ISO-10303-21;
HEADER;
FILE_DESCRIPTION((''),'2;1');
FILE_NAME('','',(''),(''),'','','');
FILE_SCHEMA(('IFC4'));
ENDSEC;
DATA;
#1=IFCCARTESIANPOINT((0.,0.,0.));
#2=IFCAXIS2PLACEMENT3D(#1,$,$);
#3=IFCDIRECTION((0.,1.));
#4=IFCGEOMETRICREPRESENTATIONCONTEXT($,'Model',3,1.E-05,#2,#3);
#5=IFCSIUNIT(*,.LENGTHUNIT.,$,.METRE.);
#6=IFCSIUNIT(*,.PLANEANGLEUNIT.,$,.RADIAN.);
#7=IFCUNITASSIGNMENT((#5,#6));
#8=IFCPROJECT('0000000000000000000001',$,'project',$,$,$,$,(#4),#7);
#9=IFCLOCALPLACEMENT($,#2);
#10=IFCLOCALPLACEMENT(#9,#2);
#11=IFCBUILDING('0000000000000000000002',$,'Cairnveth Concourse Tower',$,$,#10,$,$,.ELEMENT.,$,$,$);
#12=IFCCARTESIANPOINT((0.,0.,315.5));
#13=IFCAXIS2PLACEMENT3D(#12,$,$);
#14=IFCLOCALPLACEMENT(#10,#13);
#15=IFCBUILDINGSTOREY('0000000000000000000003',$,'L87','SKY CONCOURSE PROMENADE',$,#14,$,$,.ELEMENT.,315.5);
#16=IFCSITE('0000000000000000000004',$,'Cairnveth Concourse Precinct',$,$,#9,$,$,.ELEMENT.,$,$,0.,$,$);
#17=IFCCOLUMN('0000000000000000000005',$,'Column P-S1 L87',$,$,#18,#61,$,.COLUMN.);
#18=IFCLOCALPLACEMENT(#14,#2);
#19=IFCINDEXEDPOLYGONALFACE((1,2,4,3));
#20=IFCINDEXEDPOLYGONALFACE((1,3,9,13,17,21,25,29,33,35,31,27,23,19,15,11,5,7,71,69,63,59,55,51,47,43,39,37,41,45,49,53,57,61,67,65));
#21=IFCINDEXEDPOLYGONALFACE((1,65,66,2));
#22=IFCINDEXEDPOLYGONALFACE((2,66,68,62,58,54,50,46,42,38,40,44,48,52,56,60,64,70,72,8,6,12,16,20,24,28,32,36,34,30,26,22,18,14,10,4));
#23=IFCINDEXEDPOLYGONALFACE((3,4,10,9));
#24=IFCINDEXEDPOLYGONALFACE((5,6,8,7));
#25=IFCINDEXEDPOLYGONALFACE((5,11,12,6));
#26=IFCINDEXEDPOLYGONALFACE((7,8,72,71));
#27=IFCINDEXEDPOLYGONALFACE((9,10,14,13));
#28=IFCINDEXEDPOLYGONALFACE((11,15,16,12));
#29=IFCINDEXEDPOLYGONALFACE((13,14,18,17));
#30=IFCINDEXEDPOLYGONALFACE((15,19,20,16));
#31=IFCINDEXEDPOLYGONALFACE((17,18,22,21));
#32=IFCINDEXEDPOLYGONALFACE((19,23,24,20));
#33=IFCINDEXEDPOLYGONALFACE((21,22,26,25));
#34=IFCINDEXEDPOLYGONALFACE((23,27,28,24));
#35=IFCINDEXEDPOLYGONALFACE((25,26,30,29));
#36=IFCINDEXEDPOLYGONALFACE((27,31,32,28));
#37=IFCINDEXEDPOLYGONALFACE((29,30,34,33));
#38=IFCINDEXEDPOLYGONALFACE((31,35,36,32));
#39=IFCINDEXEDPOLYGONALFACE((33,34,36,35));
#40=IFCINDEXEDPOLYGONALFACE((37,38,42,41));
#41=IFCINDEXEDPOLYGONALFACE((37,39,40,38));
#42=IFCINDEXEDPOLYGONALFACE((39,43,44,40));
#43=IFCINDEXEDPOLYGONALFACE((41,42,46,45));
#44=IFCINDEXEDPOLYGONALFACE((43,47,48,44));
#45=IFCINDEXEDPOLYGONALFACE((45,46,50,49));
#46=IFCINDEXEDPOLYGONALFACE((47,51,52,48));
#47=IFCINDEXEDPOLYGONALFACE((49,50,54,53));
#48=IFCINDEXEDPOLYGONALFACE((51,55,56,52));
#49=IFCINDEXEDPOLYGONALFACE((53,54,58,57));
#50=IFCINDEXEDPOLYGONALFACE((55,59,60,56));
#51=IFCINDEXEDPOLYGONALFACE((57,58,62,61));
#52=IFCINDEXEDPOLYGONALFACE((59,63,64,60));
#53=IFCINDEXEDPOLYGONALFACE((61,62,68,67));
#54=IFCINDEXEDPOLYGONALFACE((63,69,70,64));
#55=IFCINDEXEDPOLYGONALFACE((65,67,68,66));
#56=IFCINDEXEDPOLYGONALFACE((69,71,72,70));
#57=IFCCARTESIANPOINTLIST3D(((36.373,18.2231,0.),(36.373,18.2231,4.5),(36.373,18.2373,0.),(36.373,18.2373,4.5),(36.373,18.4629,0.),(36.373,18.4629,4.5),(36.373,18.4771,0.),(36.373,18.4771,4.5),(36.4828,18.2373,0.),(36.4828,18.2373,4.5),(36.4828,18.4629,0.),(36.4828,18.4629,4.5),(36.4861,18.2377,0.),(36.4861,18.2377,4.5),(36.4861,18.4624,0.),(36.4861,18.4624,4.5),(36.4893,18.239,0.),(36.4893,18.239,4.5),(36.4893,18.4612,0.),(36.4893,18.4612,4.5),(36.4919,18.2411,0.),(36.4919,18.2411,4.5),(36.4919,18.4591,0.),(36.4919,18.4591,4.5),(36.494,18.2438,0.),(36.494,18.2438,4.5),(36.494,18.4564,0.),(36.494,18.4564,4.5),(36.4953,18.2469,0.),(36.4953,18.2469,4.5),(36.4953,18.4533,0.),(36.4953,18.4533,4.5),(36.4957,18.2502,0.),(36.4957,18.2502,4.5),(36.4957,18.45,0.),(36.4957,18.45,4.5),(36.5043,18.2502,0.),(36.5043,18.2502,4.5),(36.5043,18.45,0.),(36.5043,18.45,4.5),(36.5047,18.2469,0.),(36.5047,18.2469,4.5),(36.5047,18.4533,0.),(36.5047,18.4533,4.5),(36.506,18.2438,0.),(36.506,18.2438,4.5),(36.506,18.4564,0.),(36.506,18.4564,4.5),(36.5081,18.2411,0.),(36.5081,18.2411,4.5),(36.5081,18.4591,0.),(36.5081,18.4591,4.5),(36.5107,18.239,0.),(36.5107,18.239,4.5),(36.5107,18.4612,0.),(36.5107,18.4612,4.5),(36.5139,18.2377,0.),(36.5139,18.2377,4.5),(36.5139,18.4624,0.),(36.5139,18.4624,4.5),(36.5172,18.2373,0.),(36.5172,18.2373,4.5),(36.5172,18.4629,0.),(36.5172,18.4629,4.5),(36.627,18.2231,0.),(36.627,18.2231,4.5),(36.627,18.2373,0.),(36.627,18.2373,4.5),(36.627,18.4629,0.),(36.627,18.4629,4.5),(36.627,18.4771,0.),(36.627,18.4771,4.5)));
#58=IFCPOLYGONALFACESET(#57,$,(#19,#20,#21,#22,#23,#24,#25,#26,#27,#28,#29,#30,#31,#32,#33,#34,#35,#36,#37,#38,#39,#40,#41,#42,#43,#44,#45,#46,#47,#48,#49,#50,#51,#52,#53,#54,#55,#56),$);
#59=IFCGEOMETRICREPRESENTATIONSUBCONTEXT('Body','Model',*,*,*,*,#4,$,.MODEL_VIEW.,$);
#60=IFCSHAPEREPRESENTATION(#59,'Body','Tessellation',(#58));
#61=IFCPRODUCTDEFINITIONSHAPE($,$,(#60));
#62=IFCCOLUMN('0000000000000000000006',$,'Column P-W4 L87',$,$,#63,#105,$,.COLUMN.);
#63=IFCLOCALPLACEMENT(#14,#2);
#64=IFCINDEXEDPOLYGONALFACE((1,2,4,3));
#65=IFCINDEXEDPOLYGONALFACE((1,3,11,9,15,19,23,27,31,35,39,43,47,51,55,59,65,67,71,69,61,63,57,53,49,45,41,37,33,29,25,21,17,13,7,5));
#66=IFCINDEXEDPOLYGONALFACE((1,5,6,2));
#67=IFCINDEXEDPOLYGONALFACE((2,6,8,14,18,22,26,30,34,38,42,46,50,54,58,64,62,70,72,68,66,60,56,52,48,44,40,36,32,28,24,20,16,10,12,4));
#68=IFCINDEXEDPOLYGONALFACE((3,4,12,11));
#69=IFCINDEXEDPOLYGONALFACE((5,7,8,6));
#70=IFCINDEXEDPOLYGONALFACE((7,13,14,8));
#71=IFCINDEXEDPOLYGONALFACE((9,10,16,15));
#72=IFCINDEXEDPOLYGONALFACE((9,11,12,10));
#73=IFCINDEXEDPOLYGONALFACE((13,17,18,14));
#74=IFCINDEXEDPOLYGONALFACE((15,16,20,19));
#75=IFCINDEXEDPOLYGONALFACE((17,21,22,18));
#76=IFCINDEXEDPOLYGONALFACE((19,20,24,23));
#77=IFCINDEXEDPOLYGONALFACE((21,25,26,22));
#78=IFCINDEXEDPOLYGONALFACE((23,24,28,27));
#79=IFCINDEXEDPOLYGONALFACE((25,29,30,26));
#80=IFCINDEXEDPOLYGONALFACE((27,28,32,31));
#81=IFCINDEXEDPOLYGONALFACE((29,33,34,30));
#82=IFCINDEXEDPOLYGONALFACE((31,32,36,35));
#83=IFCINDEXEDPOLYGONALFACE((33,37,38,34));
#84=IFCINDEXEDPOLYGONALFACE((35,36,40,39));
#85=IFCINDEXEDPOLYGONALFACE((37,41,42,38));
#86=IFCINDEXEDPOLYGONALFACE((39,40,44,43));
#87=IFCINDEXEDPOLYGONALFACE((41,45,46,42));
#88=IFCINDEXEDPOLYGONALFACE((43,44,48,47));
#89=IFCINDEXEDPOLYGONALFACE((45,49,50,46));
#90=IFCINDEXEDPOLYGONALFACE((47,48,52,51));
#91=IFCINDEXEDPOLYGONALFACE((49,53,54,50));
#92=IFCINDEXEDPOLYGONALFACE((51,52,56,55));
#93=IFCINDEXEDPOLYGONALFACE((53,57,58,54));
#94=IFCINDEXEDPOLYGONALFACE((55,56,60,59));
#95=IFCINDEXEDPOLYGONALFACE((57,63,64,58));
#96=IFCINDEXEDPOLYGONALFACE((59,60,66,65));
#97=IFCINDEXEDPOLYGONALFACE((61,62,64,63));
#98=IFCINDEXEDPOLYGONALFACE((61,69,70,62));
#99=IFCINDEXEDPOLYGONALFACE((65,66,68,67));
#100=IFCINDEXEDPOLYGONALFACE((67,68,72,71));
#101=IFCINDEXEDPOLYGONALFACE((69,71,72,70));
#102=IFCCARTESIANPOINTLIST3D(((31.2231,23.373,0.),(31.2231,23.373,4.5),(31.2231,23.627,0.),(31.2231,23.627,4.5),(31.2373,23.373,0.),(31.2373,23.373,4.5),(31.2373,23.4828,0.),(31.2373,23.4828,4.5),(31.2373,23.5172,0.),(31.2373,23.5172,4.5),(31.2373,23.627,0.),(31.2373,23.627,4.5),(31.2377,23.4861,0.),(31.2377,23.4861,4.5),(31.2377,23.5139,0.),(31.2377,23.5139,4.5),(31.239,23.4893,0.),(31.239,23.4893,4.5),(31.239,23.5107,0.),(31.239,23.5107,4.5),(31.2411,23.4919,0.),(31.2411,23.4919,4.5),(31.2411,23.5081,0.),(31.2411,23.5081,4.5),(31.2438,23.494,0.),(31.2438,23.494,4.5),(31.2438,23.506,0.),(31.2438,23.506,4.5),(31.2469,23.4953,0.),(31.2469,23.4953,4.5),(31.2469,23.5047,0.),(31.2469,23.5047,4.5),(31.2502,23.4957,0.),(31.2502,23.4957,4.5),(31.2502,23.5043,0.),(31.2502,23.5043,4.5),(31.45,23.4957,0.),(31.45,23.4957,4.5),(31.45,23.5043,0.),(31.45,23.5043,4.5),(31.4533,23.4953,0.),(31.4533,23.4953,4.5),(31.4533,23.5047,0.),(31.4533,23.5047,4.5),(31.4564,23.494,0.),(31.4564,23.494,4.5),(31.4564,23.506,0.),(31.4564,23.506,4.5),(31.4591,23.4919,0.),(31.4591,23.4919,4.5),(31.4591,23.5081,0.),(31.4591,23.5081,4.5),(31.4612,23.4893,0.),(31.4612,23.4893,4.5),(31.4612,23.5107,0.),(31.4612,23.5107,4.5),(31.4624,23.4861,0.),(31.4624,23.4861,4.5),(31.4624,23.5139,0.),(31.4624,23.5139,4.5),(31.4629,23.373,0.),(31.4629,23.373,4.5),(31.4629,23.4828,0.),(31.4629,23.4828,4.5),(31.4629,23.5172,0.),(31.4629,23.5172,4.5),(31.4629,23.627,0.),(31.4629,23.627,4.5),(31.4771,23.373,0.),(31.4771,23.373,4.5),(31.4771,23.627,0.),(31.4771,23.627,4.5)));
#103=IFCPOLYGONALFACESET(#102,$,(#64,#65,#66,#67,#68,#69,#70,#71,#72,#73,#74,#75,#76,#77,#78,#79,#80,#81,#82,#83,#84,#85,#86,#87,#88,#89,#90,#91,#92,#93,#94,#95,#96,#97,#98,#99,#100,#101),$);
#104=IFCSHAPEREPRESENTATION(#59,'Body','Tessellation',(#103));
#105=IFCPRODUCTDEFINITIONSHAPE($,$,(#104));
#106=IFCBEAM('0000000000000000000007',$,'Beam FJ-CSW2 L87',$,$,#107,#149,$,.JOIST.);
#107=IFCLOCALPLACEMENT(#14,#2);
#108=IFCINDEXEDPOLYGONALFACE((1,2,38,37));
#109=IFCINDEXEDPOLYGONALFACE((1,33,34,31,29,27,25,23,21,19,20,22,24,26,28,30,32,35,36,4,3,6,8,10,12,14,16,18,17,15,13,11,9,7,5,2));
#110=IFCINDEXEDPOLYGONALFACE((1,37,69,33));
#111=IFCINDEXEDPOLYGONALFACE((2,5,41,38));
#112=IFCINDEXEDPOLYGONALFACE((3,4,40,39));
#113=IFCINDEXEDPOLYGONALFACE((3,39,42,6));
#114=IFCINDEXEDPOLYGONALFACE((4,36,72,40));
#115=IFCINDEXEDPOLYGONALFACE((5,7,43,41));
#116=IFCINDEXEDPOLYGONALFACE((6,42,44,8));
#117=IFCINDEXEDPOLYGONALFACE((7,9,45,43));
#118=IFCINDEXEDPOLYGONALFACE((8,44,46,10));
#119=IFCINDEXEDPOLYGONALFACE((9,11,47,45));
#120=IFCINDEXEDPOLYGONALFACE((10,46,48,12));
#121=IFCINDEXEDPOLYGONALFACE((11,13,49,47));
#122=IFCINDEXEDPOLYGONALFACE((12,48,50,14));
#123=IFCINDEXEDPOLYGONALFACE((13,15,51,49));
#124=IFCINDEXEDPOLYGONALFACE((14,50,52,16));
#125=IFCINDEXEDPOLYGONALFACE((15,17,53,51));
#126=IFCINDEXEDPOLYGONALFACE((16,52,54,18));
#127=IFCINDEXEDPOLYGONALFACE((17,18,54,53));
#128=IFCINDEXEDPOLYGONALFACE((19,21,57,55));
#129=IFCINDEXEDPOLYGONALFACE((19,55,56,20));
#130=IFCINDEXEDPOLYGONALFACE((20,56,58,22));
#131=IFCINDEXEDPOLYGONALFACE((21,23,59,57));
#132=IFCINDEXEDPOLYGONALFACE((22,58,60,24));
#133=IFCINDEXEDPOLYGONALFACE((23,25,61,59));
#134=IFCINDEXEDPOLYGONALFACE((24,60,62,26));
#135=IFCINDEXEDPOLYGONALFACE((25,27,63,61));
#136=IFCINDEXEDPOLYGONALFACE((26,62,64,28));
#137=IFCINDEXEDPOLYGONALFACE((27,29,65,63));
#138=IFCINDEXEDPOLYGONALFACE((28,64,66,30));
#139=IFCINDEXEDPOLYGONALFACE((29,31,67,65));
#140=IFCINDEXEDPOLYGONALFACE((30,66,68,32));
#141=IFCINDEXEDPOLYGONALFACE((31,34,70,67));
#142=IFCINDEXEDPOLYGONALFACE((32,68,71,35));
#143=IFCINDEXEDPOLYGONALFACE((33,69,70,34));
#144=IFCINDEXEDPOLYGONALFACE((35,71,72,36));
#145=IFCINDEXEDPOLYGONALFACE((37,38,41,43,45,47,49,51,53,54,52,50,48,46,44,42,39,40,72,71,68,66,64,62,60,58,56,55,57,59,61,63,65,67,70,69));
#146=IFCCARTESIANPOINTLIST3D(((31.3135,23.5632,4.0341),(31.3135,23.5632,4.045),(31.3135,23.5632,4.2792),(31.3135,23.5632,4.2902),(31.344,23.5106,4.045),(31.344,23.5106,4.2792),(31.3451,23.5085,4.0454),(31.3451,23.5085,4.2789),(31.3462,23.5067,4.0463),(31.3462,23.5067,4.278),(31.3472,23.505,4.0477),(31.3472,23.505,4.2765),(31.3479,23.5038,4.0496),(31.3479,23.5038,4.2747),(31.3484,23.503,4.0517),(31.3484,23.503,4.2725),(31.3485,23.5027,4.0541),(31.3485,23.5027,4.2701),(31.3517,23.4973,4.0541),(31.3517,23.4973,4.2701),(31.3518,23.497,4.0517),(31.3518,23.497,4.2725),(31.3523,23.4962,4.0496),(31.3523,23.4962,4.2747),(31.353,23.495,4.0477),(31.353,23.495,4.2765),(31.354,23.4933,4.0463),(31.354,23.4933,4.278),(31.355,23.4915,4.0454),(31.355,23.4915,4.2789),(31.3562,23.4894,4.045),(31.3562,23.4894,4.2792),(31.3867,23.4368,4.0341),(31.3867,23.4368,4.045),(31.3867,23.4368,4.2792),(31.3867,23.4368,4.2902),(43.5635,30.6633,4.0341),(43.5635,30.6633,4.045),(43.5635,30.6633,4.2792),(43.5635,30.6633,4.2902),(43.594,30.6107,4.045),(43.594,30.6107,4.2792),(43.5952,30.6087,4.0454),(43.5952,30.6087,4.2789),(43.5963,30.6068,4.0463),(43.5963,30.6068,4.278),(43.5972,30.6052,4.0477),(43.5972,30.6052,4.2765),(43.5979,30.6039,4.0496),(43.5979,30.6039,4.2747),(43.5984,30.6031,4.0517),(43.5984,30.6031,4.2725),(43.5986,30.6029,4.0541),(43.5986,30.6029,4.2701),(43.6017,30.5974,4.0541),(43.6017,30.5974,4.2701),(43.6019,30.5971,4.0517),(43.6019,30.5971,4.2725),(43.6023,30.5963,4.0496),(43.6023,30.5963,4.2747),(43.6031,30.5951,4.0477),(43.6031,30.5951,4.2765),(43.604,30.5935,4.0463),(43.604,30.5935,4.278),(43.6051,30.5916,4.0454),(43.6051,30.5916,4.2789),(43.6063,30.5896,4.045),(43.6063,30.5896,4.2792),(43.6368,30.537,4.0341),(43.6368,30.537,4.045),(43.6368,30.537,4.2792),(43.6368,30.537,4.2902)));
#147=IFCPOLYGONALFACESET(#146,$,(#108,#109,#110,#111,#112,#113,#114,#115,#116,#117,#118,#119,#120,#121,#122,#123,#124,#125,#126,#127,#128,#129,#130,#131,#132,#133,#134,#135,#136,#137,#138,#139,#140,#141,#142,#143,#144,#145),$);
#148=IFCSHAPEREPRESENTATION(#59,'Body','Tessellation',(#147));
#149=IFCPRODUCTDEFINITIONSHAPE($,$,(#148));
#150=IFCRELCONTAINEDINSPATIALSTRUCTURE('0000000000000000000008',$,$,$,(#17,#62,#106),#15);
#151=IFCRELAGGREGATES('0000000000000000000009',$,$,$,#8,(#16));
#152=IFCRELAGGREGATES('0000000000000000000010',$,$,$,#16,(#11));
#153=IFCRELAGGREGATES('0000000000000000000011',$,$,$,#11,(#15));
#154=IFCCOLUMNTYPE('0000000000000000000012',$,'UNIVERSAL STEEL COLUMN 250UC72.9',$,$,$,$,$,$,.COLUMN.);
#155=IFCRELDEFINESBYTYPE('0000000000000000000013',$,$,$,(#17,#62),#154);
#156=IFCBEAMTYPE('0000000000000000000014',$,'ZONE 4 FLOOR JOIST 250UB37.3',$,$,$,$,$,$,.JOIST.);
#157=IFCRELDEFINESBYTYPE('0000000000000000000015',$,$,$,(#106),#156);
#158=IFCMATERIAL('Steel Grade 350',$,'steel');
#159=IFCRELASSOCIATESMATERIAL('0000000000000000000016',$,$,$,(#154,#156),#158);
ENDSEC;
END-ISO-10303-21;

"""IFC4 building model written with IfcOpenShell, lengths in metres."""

from ifc_helpers import new_model, si_unit, direction, frame, origin, origin_2d, place, context, subcontext, project, spatial, i_section, extrude, material, material_profile, profile_set, type_object, element, save


model = new_model("IFC4")

# Units and contexts
model_context = context("Model", 3, precision=1e-05, world=origin(), true_north=direction((0.0, 1.0)))
body_context = subcontext(model_context, "Body", "Model", "MODEL_VIEW")
ifc_project = project(units=[si_unit("LENGTHUNIT", "METRE"), si_unit("PLANEANGLEUNIT", "RADIAN")], contexts=[model_context])

# Site, building, storey
site_placement = place(None, origin())
site = spatial("IfcSite", under=ifc_project, at=site_placement, Name="Cairnveth Concourse Precinct", CompositionType="ELEMENT", RefElevation=0.0)
building_placement = place(site_placement, origin())
building = spatial("IfcBuilding", under=site, at=building_placement, Name="Cairnveth Concourse Tower", CompositionType="ELEMENT")
storey_placement = place(building_placement, frame((0.0, 0.0, 315.5)))
storey = spatial("IfcBuildingStorey", under=building, at=storey_placement, Name="L87", Description="SKY CONCOURSE PROMENADE", CompositionType="ELEMENT", Elevation=315.5)

# Columns
ifc_material_1 = material(Name="Steel Grade 350", Category="steel")
ifc_material_profile_1 = material_profile(ifc_material_1, i_section(OverallWidth=0.2539, OverallDepth=0.2539, WebThickness=0.0085, FlangeThickness=0.0142, FilletRadius=0.0129, at=origin_2d()), Name="250UC72.9")
ifc_profile_set_1 = profile_set([ifc_material_profile_1], Name="Steel Grade 350")
column_type = type_object("IfcColumnType", Name="UNIVERSAL STEEL COLUMN 250UC72.9", PredefinedType="COLUMN", material=ifc_profile_set_1)
for number, where, z_axis, x_axis, name in (
    (1, (36.5, 18.3501, 0.0), (0.0, 0.0, 1.0), (1.0, 0.0, 0.0), "Column P-S1 L87"),
    (2, (31.3501, 23.5, 0.0), (0.0, 0.0, 1.0), (0.0, 1.0, 0.0), "Column P-W4 L87"),
):
    element("IfcColumn", number, at=place(storey_placement, frame(where, z_axis=z_axis, x_axis=x_axis)), inside=storey, type_object=column_type, Name=name, PredefinedType="COLUMN", context=body_context, shape_type="SweptSolid", body=[
        extrude(i_section(OverallWidth=0.2539, OverallDepth=0.2539, WebThickness=0.0085, FlangeThickness=0.0142, FilletRadius=0.0129, at=origin_2d()), origin(), (0.0, 0.0, 1.0), 4.5),
    ])

# Beam
ifc_material_profile_2 = material_profile(ifc_material_1, i_section(OverallWidth=0.146, OverallDepth=0.2561, WebThickness=0.0063, FlangeThickness=0.011, FilletRadius=0.009, at=origin_2d()), Name="250UB37.3")
ifc_profile_set_2 = profile_set([ifc_material_profile_2], Name="Steel Grade 350")
beam_type_1 = type_object("IfcBeamType", Name="ZONE 4 FLOOR JOIST 250UB37.3", PredefinedType="JOIST", material=ifc_profile_set_2)
beam_1_placement = place(storey_placement, frame((31.3501, 23.5, 4.1621), z_axis=(0.865181, 0.501459, 0.0), x_axis=(-0.501459, 0.865181, 0.0)))
element("IfcBeam", 3, at=beam_1_placement, inside=storey, type_object=beam_type_1, Name="Beam FJ-CSW2 L87", PredefinedType="JOIST", context=body_context, shape_type="SweptSolid", body=[
    extrude(i_section(OverallWidth=0.146, OverallDepth=0.2561, WebThickness=0.0063, FlangeThickness=0.011, FilletRadius=0.009, at=origin_2d()), origin(), (0.0, 0.0, 1.0), 14.1589),
])

save(model, "model.ifc")
